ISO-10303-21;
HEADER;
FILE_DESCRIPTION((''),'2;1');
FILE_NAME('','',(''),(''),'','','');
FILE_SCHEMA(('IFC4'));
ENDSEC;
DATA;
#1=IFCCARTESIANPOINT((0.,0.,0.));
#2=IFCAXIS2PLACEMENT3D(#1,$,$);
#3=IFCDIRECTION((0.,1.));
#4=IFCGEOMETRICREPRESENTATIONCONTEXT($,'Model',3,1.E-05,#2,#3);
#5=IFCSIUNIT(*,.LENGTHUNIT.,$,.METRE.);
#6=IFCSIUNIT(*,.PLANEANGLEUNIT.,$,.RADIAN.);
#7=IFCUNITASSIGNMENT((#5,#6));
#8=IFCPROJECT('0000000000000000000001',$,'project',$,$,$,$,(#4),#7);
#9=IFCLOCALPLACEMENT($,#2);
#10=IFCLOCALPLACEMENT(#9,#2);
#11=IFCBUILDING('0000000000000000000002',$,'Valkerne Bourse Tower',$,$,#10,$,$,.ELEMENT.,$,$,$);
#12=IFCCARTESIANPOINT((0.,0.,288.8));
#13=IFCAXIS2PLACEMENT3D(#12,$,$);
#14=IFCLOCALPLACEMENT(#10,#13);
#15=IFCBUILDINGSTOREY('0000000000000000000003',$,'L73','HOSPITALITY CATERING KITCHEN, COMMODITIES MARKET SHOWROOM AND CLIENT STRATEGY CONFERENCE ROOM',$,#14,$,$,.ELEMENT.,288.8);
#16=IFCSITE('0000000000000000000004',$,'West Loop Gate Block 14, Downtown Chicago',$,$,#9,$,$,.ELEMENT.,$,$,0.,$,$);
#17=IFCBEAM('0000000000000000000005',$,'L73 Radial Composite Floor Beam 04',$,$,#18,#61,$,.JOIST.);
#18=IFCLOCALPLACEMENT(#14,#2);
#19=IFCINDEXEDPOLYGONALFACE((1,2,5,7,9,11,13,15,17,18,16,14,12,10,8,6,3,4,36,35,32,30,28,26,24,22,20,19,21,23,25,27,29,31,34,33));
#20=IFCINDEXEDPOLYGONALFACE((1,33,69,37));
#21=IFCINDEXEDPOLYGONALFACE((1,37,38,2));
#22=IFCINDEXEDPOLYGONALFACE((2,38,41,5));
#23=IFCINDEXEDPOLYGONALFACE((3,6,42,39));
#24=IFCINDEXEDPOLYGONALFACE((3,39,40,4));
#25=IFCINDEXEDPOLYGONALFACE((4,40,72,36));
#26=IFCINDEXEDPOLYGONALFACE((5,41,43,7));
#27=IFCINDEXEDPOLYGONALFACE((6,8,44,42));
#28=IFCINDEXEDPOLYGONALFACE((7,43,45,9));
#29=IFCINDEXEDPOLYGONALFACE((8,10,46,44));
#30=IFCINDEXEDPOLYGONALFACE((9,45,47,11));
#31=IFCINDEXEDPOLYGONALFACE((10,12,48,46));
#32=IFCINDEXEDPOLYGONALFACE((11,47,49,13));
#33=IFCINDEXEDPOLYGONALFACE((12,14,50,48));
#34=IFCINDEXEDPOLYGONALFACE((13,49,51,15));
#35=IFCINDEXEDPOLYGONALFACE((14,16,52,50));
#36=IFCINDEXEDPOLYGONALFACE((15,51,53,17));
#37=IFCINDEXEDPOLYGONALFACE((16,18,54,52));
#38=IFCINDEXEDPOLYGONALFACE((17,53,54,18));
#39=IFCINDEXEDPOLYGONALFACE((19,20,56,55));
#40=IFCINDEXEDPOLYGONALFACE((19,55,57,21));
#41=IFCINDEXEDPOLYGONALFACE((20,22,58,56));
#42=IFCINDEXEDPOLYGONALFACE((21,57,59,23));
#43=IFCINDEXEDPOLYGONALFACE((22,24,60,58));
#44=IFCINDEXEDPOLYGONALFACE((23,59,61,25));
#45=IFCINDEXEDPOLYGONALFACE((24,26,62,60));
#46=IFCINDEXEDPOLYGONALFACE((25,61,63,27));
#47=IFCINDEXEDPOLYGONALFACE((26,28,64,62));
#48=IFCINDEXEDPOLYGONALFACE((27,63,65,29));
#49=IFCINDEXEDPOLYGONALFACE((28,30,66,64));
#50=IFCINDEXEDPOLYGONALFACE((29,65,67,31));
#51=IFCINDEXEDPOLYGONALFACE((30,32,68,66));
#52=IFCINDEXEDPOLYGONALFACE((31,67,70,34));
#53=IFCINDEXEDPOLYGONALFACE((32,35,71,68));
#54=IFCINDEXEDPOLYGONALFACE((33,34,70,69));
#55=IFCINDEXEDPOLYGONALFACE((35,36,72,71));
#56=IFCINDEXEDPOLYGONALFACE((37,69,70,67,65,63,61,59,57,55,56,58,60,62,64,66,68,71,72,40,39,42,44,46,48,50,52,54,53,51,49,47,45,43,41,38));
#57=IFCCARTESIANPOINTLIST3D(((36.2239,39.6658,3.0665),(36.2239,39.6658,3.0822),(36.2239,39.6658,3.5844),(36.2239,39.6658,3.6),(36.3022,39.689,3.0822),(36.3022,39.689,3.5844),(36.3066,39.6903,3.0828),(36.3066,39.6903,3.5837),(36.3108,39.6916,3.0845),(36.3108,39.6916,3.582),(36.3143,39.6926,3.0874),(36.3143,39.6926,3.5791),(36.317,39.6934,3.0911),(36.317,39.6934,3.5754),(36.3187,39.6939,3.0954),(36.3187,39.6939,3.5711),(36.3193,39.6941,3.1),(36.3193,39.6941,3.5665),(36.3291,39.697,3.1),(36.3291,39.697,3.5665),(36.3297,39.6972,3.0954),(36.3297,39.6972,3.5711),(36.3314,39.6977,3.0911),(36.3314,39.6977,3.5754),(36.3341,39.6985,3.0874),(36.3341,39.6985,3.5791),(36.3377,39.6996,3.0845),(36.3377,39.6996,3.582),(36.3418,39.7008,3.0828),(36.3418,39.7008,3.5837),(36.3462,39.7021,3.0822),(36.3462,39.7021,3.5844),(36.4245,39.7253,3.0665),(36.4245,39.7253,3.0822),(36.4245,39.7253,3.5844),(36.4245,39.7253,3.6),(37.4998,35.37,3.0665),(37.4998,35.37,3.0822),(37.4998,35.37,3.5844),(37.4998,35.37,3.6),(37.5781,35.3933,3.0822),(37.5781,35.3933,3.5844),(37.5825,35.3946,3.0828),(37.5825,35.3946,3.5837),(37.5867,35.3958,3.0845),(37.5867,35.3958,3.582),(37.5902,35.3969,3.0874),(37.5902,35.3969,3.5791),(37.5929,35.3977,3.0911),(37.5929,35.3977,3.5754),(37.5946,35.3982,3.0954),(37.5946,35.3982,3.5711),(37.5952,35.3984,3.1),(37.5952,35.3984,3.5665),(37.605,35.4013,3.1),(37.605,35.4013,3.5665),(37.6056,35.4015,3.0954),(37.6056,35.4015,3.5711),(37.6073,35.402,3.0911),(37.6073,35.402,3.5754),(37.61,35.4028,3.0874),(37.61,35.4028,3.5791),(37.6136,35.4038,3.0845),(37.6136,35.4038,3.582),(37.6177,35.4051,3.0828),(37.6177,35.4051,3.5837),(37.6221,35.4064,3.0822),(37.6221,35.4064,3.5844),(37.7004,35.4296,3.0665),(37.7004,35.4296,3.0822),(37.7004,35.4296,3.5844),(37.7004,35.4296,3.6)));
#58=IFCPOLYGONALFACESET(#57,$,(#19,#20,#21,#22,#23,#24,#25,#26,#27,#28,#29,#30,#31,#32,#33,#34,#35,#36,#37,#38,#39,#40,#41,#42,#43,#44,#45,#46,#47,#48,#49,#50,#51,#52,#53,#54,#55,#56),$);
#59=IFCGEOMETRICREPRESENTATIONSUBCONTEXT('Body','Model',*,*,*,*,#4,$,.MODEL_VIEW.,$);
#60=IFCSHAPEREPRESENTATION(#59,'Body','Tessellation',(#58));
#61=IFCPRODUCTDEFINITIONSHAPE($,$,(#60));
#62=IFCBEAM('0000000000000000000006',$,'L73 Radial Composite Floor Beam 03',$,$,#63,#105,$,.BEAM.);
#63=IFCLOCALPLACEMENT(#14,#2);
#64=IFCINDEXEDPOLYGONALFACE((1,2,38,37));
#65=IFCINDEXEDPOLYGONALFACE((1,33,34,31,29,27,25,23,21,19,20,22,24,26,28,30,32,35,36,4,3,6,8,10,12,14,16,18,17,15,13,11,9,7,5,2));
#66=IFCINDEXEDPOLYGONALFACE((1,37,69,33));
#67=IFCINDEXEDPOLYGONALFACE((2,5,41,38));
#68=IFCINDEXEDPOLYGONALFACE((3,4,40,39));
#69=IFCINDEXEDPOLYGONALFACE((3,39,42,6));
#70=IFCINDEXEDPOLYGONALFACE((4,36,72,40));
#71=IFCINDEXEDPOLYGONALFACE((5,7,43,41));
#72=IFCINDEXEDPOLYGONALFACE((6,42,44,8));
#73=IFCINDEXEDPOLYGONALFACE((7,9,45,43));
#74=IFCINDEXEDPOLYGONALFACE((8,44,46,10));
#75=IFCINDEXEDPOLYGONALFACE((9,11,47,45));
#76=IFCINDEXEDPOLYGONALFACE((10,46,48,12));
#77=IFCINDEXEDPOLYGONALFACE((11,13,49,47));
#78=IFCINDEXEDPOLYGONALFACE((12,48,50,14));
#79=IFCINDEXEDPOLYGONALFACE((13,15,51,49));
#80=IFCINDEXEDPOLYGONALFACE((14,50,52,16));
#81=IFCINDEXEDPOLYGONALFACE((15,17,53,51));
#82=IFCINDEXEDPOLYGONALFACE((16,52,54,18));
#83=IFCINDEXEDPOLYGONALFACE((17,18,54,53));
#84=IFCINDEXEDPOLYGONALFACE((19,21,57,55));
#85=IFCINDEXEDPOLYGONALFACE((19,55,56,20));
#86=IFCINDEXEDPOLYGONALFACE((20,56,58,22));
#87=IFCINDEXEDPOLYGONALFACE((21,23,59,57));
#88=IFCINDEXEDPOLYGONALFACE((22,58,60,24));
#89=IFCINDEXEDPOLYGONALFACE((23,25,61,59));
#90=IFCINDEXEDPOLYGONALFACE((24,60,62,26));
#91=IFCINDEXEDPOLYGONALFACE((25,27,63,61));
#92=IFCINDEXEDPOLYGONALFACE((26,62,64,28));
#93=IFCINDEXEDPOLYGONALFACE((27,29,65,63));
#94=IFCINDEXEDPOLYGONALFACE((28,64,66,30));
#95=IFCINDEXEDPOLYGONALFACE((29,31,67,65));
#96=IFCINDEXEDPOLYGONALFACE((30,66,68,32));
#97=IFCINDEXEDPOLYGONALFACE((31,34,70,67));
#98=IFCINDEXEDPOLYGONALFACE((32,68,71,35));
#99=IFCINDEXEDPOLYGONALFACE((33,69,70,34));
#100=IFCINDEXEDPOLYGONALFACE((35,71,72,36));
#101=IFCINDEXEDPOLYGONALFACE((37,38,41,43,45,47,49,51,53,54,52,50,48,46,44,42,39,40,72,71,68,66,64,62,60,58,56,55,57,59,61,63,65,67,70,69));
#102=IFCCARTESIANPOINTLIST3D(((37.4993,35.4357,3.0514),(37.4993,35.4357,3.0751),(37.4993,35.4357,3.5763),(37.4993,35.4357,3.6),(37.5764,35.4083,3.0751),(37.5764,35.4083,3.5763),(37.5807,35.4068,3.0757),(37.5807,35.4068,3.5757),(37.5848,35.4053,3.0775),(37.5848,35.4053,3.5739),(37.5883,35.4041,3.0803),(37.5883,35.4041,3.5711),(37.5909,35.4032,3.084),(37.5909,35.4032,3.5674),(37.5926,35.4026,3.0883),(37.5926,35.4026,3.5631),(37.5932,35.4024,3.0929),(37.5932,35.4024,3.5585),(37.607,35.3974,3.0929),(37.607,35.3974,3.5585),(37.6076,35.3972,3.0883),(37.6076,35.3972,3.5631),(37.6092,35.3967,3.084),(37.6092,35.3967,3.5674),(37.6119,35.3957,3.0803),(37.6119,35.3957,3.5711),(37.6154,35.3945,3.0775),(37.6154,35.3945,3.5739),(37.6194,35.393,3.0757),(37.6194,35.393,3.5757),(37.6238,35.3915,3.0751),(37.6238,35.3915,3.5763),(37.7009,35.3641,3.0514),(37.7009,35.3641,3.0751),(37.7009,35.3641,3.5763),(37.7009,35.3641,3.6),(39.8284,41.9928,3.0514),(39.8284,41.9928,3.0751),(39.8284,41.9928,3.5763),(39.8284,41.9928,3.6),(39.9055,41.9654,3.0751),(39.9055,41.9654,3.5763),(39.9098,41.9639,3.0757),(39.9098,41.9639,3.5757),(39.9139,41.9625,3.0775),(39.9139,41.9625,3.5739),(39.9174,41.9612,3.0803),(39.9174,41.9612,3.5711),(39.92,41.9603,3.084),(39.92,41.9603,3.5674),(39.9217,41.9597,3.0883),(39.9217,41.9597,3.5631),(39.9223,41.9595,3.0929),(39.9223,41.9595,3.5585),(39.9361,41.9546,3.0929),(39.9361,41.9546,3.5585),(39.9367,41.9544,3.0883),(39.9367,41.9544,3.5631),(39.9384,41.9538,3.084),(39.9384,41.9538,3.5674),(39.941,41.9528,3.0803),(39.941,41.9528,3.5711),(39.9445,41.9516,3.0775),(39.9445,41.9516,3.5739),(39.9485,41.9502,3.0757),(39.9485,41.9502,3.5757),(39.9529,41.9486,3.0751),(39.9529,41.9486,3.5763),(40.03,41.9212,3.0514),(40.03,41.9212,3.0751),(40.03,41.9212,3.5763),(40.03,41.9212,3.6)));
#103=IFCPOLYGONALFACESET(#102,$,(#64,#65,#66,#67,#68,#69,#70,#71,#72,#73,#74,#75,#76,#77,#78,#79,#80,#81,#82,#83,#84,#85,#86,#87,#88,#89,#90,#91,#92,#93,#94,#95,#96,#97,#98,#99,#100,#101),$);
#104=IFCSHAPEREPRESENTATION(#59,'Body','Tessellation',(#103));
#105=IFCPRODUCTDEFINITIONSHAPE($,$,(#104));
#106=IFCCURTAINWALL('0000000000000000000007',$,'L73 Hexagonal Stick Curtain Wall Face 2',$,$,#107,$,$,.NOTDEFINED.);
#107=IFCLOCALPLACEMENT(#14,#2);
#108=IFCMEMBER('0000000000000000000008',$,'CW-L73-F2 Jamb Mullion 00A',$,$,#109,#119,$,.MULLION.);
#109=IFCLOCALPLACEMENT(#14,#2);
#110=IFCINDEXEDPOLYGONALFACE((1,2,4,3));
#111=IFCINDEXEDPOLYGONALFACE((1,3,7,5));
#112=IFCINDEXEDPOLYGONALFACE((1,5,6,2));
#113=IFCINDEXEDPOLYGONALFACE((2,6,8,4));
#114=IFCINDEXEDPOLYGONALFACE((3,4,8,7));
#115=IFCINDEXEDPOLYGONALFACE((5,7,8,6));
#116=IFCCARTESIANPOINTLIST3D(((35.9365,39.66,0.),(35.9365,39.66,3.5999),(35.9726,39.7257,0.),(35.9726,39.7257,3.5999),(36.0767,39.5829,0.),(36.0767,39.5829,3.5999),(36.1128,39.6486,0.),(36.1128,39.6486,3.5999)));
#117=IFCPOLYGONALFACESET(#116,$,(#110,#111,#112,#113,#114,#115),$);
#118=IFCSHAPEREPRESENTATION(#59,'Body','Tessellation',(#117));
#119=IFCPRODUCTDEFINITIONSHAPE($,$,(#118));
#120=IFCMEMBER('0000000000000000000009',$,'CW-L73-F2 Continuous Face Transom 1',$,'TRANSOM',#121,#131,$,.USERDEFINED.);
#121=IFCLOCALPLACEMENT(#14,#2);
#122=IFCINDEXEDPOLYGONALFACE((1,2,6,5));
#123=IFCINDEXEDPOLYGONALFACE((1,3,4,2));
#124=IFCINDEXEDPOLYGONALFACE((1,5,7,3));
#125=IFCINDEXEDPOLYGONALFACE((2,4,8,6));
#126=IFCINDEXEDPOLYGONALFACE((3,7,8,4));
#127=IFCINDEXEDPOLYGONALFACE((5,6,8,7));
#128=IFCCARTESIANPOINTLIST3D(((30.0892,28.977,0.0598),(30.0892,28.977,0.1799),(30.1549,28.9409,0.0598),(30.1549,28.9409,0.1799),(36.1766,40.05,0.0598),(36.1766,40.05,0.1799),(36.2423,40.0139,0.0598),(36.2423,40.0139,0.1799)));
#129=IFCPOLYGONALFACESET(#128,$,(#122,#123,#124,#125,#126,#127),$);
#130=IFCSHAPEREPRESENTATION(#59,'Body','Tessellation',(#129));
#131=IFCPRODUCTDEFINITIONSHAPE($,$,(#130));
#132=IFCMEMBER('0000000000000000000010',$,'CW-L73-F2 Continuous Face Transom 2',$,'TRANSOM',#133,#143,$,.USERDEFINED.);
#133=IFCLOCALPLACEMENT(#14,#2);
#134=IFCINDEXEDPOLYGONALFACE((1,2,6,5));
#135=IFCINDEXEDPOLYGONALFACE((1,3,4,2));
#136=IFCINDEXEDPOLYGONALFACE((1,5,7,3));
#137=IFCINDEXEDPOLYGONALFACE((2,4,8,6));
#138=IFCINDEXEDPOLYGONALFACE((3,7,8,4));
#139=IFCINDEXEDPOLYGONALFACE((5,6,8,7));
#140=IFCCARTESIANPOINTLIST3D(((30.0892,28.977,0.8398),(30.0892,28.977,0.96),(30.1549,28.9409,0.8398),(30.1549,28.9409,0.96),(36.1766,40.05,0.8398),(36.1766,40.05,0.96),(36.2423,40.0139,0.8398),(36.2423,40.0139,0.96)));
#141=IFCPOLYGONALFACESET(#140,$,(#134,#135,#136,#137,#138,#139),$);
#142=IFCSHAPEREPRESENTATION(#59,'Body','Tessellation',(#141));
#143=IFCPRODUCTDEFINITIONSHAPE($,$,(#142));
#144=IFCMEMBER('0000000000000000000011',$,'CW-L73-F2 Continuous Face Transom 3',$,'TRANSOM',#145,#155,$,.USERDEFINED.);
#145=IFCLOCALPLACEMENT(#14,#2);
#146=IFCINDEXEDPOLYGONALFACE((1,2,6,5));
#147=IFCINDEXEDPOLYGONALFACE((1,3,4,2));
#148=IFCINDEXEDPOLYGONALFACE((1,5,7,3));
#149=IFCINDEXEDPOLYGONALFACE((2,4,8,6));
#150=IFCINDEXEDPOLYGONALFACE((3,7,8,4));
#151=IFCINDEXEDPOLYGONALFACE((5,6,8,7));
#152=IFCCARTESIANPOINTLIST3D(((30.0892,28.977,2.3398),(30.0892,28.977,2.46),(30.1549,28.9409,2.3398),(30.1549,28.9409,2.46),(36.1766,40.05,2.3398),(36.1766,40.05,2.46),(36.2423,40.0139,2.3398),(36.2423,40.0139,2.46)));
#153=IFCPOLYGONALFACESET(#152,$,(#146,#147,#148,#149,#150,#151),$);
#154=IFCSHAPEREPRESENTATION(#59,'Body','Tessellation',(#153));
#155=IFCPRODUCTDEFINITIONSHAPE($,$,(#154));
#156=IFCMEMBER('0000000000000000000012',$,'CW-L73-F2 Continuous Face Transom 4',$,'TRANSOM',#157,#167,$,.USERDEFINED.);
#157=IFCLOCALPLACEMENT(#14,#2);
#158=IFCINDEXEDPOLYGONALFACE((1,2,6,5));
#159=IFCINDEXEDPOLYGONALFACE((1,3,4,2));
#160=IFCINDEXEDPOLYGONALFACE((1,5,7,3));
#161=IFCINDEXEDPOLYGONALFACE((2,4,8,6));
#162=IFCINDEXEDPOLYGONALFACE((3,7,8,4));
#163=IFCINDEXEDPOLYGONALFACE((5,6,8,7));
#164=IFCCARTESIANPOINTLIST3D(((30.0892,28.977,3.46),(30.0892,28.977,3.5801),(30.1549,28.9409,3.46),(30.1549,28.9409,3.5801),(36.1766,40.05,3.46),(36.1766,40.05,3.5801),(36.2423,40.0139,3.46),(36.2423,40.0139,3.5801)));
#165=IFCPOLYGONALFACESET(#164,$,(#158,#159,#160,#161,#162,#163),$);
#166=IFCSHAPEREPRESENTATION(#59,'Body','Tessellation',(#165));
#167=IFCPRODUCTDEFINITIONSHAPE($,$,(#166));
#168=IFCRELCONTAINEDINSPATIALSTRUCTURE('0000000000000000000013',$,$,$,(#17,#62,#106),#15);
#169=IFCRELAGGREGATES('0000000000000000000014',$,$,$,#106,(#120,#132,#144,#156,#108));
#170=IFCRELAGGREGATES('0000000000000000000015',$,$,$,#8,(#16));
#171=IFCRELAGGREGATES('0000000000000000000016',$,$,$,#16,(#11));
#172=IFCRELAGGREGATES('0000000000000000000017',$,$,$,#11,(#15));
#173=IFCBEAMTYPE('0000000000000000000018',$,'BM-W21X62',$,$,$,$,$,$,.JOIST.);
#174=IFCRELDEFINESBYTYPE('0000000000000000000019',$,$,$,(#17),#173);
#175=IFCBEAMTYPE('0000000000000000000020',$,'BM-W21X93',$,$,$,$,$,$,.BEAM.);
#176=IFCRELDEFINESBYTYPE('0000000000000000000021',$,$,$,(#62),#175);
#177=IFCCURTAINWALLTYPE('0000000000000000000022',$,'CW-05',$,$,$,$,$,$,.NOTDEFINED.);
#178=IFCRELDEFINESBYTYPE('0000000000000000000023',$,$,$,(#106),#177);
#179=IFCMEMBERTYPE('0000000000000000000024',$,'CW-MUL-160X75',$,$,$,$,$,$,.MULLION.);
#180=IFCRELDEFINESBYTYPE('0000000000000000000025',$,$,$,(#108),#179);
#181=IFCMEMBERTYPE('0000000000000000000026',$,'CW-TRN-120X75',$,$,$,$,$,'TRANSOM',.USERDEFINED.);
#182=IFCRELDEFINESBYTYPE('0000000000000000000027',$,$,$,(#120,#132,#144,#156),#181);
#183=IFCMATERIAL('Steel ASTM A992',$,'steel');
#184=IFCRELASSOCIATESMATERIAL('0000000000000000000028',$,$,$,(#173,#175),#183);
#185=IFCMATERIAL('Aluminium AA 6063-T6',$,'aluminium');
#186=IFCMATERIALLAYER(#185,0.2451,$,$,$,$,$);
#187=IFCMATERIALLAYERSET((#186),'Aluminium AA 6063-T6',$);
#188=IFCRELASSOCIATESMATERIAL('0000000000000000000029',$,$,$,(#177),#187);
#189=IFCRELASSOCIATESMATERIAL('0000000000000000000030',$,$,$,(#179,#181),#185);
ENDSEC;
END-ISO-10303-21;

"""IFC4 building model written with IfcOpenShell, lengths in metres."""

from ifc_helpers import new_model, si_unit, direction, frame, origin, origin_2d, place, context, subcontext, project, spatial, rectangle, i_section, extrude, material, layer, layer_set, material_profile, profile_set, type_object, element, aggregate, save


model = new_model("IFC4")

# Units and contexts
model_context = context("Model", 3, precision=1e-05, world=origin(), true_north=direction((0.0, 1.0)))
body_context = subcontext(model_context, "Body", "Model", "MODEL_VIEW")
ifc_project = project(units=[si_unit("LENGTHUNIT", "METRE"), si_unit("PLANEANGLEUNIT", "RADIAN")], contexts=[model_context])

# Site, building, storey
site_placement = place(None, origin())
site = spatial("IfcSite", under=ifc_project, at=site_placement, Name="West Loop Gate Block 14, Downtown Chicago", CompositionType="ELEMENT", RefElevation=0.0)
building_placement = place(site_placement, origin())
building = spatial("IfcBuilding", under=site, at=building_placement, Name="Valkerne Bourse Tower", CompositionType="ELEMENT")
storey_placement = place(building_placement, frame((0.0, 0.0, 288.8)))
storey = spatial("IfcBuildingStorey", under=building, at=storey_placement, Name="L73", Description="HOSPITALITY CATERING KITCHEN, COMMODITIES MARKET SHOWROOM AND CLIENT STRATEGY CONFERENCE ROOM", CompositionType="ELEMENT", Elevation=288.8)

# Beams
ifc_material_1 = material(Name="Steel ASTM A992", Category="steel")
ifc_material_profile_1 = material_profile(ifc_material_1, i_section(OverallWidth=0.2092, OverallDepth=0.5334, WebThickness=0.0103, FlangeThickness=0.0156, FilletRadius=0.0178, at=origin_2d()), Name="W21X62")
ifc_profile_set_1 = profile_set([ifc_material_profile_1], Name="Steel ASTM A992")
beam_type_1 = type_object("IfcBeamType", Name="BM-W21X62", PredefinedType="JOIST", material=ifc_profile_set_1)
beam_1_placement = place(storey_placement, frame((36.3242, 39.6956, 3.3333), z_axis=(0.284723, -0.95861, 0.0), x_axis=(0.95861, 0.284723, 0.0)))
element("IfcBeam", 1, at=beam_1_placement, inside=storey, type_object=beam_type_1, Name="L73 Radial Composite Floor Beam 04", PredefinedType="JOIST", context=body_context, shape_type="SweptSolid", body=[
    extrude(i_section(OverallWidth=0.2092, OverallDepth=0.5334, WebThickness=0.0103, FlangeThickness=0.0156, FilletRadius=0.0178, at=origin_2d()), origin(), (0.0, 0.0, 1.0), 4.4812),
])
ifc_material_profile_2 = material_profile(ifc_material_1, i_section(OverallWidth=0.2139, OverallDepth=0.5486, WebThickness=0.0146, FlangeThickness=0.0237, FilletRadius=0.0178, at=origin_2d()), Name="W21X93")
ifc_profile_set_2 = profile_set([ifc_material_profile_2], Name="Steel ASTM A992")
beam_type_2 = type_object("IfcBeamType", Name="BM-W21X93", PredefinedType="BEAM", material=ifc_profile_set_2)
beam_2_placement = place(storey_placement, frame((39.9292, 41.957, 3.3257), z_axis=(-0.334713, -0.94232, 0.0), x_axis=(0.94232, -0.334713, 0.0)))
element("IfcBeam", 2, at=beam_2_placement, inside=storey, type_object=beam_type_2, Name="L73 Radial Composite Floor Beam 03", PredefinedType="BEAM", context=body_context, shape_type="SweptSolid", body=[
    extrude(i_section(OverallWidth=0.2139, OverallDepth=0.5486, WebThickness=0.0146, FlangeThickness=0.0237, FilletRadius=0.0178, at=origin_2d()), origin(), (0.0, 0.0, 1.0), 6.9585),
])

# Curtain wall, members
ifc_material_2 = material(Name="Aluminium AA 6063-T6", Category="aluminium")
ifc_layer_1 = layer(ifc_material_2, 0.2451)
ifc_layer_set_1 = layer_set([ifc_layer_1], Name="Aluminium AA 6063-T6")
curtain_wall_type = type_object("IfcCurtainWallType", Name="CW-05", PredefinedType="NOTDEFINED", material=ifc_layer_set_1)
curtain_wall_placement = place(storey_placement, origin())
curtain_wall = element("IfcCurtainWall", 3, at=curtain_wall_placement, inside=storey, type_object=curtain_wall_type, Name="L73 Hexagonal Stick Curtain Wall Face 2", PredefinedType="NOTDEFINED")
ifc_material_profile_3 = material_profile(ifc_material_2, rectangle(XDim=0.075, YDim=0.1599, at=origin_2d()), Name="CWM-75X160")
ifc_profile_set_3 = profile_set([ifc_material_profile_3], Name="Aluminium AA 6063-T6")
member_type_1 = type_object("IfcMemberType", Name="CW-MUL-160X75", PredefinedType="MULLION", material=ifc_profile_set_3)
member_1_placement = place(storey_placement, frame((36.0247, 39.6543, 0.0), z_axis=(0.0, 0.0, 1.0), x_axis=(-0.481764, -0.876301, 0.0)))
member_1 = element("IfcMember", 4, at=member_1_placement, type_object=member_type_1, Name="CW-L73-F2 Jamb Mullion 00A", PredefinedType="MULLION", context=body_context, shape_type="SweptSolid", body=[
    extrude(rectangle(XDim=0.075, YDim=0.1599, at=origin_2d()), origin(), (0.0, 0.0, 1.0), 3.5999),
])
ifc_material_profile_4 = material_profile(ifc_material_2, rectangle(XDim=0.075, YDim=0.1201, at=origin_2d()), Name="CWT-75X120")
ifc_profile_set_4 = profile_set([ifc_material_profile_4], Name="Aluminium AA 6063-T6")
member_type_2 = type_object("IfcMemberType", Name="CW-TRN-120X75", ElementType="TRANSOM", PredefinedType="USERDEFINED", material=ifc_profile_set_4)
member_2_placement = place(storey_placement, frame((36.2095, 40.032, 0.1199), z_axis=(-0.481752, -0.876308, 0.0), x_axis=(0.876308, -0.481752, 0.0)))
member_2 = element("IfcMember", 5, at=member_2_placement, type_object=member_type_2, Name="CW-L73-F2 Continuous Face Transom 1", ObjectType="TRANSOM", PredefinedType="USERDEFINED", context=body_context, shape_type="SweptSolid", body=[
    extrude(rectangle(XDim=0.075, YDim=0.1201, at=origin_2d()), origin(), (0.0, 0.0, 1.0), 12.636),
])
member_3_placement = place(storey_placement, frame((36.2095, 40.032, 0.8999), z_axis=(-0.481752, -0.876308, 0.0), x_axis=(0.876308, -0.481752, 0.0)))
member_3 = element("IfcMember", 6, at=member_3_placement, type_object=member_type_2, Name="CW-L73-F2 Continuous Face Transom 2", ObjectType="TRANSOM", PredefinedType="USERDEFINED", context=body_context, shape_type="SweptSolid", body=[
    extrude(rectangle(XDim=0.075, YDim=0.1201, at=origin_2d()), origin(), (0.0, 0.0, 1.0), 12.636),
])
member_4_placement = place(storey_placement, frame((36.2095, 40.032, 2.3999), z_axis=(-0.481752, -0.876308, 0.0), x_axis=(0.876308, -0.481752, 0.0)))
member_4 = element("IfcMember", 7, at=member_4_placement, type_object=member_type_2, Name="CW-L73-F2 Continuous Face Transom 3", ObjectType="TRANSOM", PredefinedType="USERDEFINED", context=body_context, shape_type="SweptSolid", body=[
    extrude(rectangle(XDim=0.075, YDim=0.1201, at=origin_2d()), origin(), (0.0, 0.0, 1.0), 12.636),
])
member_5_placement = place(storey_placement, frame((36.2095, 40.032, 3.52), z_axis=(-0.481752, -0.876308, 0.0), x_axis=(0.876308, -0.481752, 0.0)))
member_5 = element("IfcMember", 8, at=member_5_placement, type_object=member_type_2, Name="CW-L73-F2 Continuous Face Transom 4", ObjectType="TRANSOM", PredefinedType="USERDEFINED", context=body_context, shape_type="SweptSolid", body=[
    extrude(rectangle(XDim=0.075, YDim=0.1201, at=origin_2d()), origin(), (0.0, 0.0, 1.0), 12.636),
])

aggregate(curtain_wall, [member_2, member_3, member_4, member_5, member_1])

save(model, "model.ifc")
